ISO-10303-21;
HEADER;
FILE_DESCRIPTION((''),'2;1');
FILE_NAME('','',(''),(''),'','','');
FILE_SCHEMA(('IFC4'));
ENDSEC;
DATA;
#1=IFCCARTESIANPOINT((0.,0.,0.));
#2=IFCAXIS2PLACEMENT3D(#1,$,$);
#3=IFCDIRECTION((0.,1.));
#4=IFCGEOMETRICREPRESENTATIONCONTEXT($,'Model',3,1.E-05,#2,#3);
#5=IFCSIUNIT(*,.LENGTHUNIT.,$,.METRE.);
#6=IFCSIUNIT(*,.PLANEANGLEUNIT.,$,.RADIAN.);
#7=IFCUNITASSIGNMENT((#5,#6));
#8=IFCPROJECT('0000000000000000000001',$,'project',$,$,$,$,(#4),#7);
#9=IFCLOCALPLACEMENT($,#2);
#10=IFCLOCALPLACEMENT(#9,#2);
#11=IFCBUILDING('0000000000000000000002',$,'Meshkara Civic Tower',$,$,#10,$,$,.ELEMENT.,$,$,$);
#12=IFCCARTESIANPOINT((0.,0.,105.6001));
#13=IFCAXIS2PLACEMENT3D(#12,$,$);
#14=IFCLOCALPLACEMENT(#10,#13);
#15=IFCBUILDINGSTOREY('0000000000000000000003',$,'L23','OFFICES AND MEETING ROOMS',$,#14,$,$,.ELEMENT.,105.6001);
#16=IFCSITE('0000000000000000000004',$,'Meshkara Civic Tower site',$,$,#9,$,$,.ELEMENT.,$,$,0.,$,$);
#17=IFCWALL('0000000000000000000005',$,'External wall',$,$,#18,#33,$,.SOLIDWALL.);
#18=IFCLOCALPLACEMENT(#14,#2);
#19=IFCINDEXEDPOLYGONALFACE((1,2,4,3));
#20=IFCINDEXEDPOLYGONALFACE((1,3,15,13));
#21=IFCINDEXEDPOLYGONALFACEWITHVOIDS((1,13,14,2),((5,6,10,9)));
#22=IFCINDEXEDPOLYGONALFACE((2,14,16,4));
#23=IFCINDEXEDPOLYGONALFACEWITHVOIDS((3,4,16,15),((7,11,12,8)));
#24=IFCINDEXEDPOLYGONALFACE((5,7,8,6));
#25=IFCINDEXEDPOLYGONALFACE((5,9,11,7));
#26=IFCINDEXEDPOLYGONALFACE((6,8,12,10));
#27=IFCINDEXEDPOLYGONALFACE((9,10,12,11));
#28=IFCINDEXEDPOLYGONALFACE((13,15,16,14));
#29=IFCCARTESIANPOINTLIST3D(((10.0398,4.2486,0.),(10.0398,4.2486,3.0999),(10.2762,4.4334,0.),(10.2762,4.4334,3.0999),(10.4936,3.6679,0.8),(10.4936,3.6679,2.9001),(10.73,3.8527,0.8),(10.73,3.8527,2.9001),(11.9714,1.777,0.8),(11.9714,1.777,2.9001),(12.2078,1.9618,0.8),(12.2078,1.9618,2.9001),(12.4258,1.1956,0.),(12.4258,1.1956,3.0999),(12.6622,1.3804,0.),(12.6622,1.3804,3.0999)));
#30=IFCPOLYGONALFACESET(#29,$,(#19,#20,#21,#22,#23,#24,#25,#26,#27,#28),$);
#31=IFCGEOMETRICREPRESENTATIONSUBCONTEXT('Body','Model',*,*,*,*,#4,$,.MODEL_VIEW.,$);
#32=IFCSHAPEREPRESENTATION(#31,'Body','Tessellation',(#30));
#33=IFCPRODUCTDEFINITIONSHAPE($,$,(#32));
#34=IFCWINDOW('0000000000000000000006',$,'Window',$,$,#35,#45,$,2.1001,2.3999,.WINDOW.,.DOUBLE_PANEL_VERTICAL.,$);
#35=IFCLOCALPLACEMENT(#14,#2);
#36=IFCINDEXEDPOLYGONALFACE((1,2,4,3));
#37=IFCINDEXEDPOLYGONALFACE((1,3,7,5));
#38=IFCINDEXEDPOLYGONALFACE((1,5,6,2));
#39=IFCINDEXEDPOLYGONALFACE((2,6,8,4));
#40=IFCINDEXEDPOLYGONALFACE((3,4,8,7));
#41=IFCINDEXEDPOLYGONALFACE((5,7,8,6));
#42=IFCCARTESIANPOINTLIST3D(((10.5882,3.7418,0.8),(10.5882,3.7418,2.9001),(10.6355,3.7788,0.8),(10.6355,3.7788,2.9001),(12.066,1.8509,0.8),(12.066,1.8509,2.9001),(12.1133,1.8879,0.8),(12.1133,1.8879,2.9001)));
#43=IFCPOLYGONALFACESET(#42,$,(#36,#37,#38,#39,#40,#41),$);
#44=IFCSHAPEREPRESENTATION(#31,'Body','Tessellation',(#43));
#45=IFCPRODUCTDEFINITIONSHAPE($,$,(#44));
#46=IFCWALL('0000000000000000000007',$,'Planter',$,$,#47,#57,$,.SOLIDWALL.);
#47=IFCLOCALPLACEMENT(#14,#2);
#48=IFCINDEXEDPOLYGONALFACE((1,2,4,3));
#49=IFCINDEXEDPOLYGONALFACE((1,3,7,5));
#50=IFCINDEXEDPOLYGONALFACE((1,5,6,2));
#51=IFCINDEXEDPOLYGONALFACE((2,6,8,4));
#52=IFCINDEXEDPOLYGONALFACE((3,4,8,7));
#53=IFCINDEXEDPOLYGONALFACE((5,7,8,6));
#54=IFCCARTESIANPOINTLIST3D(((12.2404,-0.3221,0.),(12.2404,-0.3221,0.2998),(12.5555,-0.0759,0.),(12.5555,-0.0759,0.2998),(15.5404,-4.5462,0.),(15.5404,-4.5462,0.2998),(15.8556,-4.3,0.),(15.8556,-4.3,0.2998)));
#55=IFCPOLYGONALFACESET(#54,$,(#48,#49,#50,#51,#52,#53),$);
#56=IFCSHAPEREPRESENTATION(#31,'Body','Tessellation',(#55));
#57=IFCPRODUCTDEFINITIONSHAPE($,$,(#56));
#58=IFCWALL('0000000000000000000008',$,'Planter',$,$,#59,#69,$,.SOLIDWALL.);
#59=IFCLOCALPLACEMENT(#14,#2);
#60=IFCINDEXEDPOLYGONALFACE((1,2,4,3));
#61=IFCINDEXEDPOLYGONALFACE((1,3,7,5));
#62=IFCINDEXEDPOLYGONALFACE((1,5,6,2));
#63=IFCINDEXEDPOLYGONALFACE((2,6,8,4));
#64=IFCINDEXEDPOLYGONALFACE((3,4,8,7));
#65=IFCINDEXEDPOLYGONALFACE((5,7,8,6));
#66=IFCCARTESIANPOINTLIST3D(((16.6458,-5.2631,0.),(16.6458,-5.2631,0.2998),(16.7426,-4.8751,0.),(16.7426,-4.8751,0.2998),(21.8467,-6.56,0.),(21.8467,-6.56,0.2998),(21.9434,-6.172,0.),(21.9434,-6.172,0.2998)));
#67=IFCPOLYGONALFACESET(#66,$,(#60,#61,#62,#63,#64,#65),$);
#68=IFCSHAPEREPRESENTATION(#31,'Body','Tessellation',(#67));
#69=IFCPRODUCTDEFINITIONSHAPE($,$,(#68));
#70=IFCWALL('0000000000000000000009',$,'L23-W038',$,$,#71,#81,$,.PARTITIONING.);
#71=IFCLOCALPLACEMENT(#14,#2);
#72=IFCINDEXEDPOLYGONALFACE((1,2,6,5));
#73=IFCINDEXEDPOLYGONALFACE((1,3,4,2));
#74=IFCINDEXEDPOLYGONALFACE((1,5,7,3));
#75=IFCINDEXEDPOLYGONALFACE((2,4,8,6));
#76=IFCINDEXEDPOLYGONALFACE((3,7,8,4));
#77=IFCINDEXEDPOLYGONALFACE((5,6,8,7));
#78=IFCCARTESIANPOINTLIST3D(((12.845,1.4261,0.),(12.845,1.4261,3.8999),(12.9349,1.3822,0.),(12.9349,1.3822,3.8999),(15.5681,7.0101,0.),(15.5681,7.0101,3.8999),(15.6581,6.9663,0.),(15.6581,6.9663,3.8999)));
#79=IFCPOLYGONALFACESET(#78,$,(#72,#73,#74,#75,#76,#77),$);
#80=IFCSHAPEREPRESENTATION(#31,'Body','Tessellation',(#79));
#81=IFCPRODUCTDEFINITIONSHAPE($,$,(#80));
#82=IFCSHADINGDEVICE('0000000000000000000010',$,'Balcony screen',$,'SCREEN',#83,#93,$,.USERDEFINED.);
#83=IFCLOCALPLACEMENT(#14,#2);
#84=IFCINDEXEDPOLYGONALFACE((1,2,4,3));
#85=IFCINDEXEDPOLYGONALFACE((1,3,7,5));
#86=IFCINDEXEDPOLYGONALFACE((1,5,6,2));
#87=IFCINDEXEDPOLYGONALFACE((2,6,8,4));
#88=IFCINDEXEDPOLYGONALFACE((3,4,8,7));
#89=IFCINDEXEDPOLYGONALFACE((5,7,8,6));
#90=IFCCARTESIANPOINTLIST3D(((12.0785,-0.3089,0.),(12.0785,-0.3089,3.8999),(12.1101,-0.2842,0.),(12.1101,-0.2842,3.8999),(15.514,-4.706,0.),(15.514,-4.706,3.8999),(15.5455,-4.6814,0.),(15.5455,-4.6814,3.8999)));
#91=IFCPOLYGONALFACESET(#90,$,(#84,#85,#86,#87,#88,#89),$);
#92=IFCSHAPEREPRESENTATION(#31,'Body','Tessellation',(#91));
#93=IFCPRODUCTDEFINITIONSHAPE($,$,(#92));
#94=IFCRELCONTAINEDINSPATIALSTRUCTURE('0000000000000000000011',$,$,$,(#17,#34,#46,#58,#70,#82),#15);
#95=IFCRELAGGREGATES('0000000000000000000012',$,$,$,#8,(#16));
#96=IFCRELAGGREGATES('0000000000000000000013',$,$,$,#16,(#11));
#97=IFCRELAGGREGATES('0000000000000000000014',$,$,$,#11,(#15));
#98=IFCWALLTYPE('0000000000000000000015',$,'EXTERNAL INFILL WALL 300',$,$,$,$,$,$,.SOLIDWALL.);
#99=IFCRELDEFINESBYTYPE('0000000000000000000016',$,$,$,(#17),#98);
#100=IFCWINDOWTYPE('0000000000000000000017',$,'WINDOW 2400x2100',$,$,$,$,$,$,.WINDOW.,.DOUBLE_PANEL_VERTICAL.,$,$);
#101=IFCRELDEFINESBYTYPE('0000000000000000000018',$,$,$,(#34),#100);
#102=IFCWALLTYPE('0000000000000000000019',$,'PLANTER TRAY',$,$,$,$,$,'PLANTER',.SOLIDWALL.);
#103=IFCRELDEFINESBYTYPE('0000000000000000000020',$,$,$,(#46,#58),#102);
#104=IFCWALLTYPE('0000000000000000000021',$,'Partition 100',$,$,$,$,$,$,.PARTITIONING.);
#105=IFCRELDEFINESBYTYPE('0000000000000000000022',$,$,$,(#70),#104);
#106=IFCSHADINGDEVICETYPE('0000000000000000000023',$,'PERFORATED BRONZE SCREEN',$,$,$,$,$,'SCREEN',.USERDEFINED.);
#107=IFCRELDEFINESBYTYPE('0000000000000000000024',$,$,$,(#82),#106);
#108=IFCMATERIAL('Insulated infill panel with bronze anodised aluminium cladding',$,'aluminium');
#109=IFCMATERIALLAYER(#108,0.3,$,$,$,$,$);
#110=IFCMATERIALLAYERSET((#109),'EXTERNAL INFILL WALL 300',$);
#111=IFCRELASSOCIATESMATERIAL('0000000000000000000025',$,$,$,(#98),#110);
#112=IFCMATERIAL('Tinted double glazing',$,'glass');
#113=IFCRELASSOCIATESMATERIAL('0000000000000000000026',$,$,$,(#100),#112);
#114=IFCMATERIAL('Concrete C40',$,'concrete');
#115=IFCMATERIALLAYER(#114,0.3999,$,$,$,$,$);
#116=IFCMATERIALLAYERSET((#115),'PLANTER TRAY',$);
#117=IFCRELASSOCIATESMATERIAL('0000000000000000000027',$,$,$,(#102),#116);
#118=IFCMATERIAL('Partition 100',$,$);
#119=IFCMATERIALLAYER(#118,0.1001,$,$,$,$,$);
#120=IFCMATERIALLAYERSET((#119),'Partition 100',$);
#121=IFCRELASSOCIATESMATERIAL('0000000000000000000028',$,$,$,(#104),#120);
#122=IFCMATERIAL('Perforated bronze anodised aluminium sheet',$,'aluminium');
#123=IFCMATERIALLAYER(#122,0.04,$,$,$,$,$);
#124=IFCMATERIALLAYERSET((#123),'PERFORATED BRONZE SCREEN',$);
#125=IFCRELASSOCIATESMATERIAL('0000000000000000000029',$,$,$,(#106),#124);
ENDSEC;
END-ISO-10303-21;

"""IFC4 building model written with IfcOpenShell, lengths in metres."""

from ifc_helpers import new_model, si_unit, direction, frame, frame_2d, origin, origin_2d, place, context, subcontext, project, spatial, rectangle, extrude, material, layer, layer_set, type_object, element, fill, save


model = new_model("IFC4")

# Units and contexts
model_context = context("Model", 3, precision=1e-05, world=origin(), true_north=direction((0.0, 1.0)))
body_context = subcontext(model_context, "Body", "Model", "MODEL_VIEW")
ifc_project = project(units=[si_unit("LENGTHUNIT", "METRE"), si_unit("PLANEANGLEUNIT", "RADIAN")], contexts=[model_context])

# Site, building, storey
site_placement = place(None, origin())
site = spatial("IfcSite", under=ifc_project, at=site_placement, Name="Meshkara Civic Tower site", CompositionType="ELEMENT", RefElevation=0.0)
building_placement = place(site_placement, origin())
building = spatial("IfcBuilding", under=site, at=building_placement, Name="Meshkara Civic Tower", CompositionType="ELEMENT")
storey_placement = place(building_placement, frame((0.0, 0.0, 105.6001)))
storey = spatial("IfcBuildingStorey", under=building, at=storey_placement, Name="L23", Description="OFFICES AND MEETING ROOMS", CompositionType="ELEMENT", Elevation=105.6001)

# Wall, opening, window
ifc_material_1 = material(Name="Insulated infill panel with bronze anodised aluminium cladding", Category="aluminium")
ifc_layer_1 = layer(ifc_material_1, 0.3)
ifc_layer_set_1 = layer_set([ifc_layer_1], Name="EXTERNAL INFILL WALL 300")
wall_type_1 = type_object("IfcWallType", Name="EXTERNAL INFILL WALL 300", PredefinedType="SOLIDWALL", material=ifc_layer_set_1)
wall_1_placement = place(storey_placement, frame((10.158, 4.3411, 0.0), z_axis=(0.0, 0.0, 1.0), x_axis=(0.61578, -0.787918, 0.0)))
wall_1 = element("IfcWall", 1, at=wall_1_placement, inside=storey, type_object=wall_type_1, Name="External wall", PredefinedType="SOLIDWALL", context=body_context, shape_type="SweptSolid", body=[
    extrude(rectangle(XDim=3.8748, YDim=0.3, at=frame_2d((1.9375, 0.0))), origin(), (0.0, 0.0, 1.0), 3.0999),
])
opening_1_placement = place(wall_1_placement, frame((0.7371, 0.0, 0.8)))
opening_1 = element("IfcOpeningElement", 2, at=opening_1_placement, cuts=wall_1, PredefinedType="OPENING", context=body_context, shape_type="SweptSolid", body=[
    extrude(rectangle(XDim=2.3999, YDim=2.1001, at=frame_2d((1.2, 1.05))), frame((0.0, 0.1599, 0.0), z_axis=(0.0, -1.0, 0.0), x_axis=(1.0, 0.0, 0.0)), (0.0, 0.0, 1.0), 0.3201),
])
ifc_material_2 = material(Name="Tinted double glazing", Category="glass")
window_type = type_object("IfcWindowType", Name="WINDOW 2400x2100", PartitioningType="DOUBLE_PANEL_VERTICAL", PredefinedType="WINDOW", material=ifc_material_2)
window_placement = place(opening_1_placement, origin())
window = element("IfcWindow", 3, at=window_placement, inside=storey, type_object=window_type, Name="Window", OverallHeight=2.1001, OverallWidth=2.3999, PartitioningType="DOUBLE_PANEL_VERTICAL", PredefinedType="WINDOW", context=body_context, shape_type="SweptSolid", body=[
    extrude(rectangle(XDim=2.3999, YDim=2.1001, at=frame_2d((1.2, 1.05))), frame((0.0, 0.03, 0.0), z_axis=(0.0, -1.0, 0.0), x_axis=(1.0, 0.0, 0.0)), (0.0, 0.0, 1.0), 0.0601),
])
fill(opening_1, window)

# Walls
ifc_material_3 = material(Name="Concrete C40", Category="concrete")
ifc_layer_2 = layer(ifc_material_3, 0.3999)
ifc_layer_set_2 = layer_set([ifc_layer_2], Name="PLANTER TRAY")
wall_type_2 = type_object("IfcWallType", Name="PLANTER TRAY", ElementType="PLANTER", PredefinedType="SOLIDWALL", material=ifc_layer_set_2)
wall_2_placement = place(storey_placement, frame((12.3979, -0.199, 0.0), z_axis=(0.0, 0.0, 1.0), x_axis=(0.615639, -0.788029, 0.0)))
element("IfcWall", 4, at=wall_2_placement, inside=storey, type_object=wall_type_2, Name="Planter", PredefinedType="SOLIDWALL", context=body_context, shape_type="SweptSolid", body=[
    extrude(rectangle(XDim=5.3604, YDim=0.3999, at=frame_2d((2.6802, 0.0))), origin(), (0.0, 0.0, 1.0), 0.2998),
])
wall_3_placement = place(storey_placement, frame((16.6941, -5.0691, 0.0), z_axis=(0.0, 0.0, 1.0), x_axis=(0.97029, -0.241946, 0.0)))
element("IfcWall", 5, at=wall_3_placement, inside=storey, type_object=wall_type_2, Name="Planter", PredefinedType="SOLIDWALL", context=body_context, shape_type="SweptSolid", body=[
    extrude(rectangle(XDim=5.3601, YDim=0.3999, at=frame_2d((2.6802, 0.0))), origin(), (0.0, 0.0, 1.0), 0.2998),
])
ifc_material_4 = material(Name="Partition 100")
ifc_layer_3 = layer(ifc_material_4, 0.1001)
ifc_layer_set_3 = layer_set([ifc_layer_3], Name="Partition 100")
wall_type_3 = type_object("IfcWallType", Name="Partition 100", PredefinedType="PARTITIONING", material=ifc_layer_set_3)
wall_4_placement = place(storey_placement, frame((12.8899, 1.4041, 0.0), z_axis=(0.0, 0.0, 1.0), x_axis=(0.438326, 0.898816, 0.0)))
element("IfcWall", 6, at=wall_4_placement, inside=storey, type_object=wall_type_3, Name="L23-W038", PredefinedType="PARTITIONING", context=body_context, shape_type="SweptSolid", body=[
    extrude(rectangle(XDim=6.2126, YDim=0.1001, at=frame_2d((3.1064, 0.0))), origin(), (0.0, 0.0, 1.0), 3.8999),
])

# Shading device
ifc_material_5 = material(Name="Perforated bronze anodised aluminium sheet", Category="aluminium")
ifc_layer_4 = layer(ifc_material_5, 0.04)
ifc_layer_set_4 = layer_set([ifc_layer_4], Name="PERFORATED BRONZE SCREEN")
shading_device_type = type_object("IfcShadingDeviceType", Name="PERFORATED BRONZE SCREEN", ElementType="SCREEN", PredefinedType="USERDEFINED", material=ifc_layer_set_4)
shading_device_placement = place(storey_placement, frame((13.812, -2.4951, 0.0), z_axis=(0.0, 0.0, 1.0), x_axis=(0.615661, -0.788011, 0.0)))
element("IfcShadingDevice", 7, at=shading_device_placement, inside=storey, type_object=shading_device_type, Name="Balcony screen", ObjectType="SCREEN", PredefinedType="USERDEFINED", context=body_context, shape_type="SweptSolid", body=[
    extrude(rectangle(XDim=5.5801, YDim=0.04, at=origin_2d()), origin(), (0.0, 0.0, 1.0), 3.8999),
])

save(model, "model.ifc")
